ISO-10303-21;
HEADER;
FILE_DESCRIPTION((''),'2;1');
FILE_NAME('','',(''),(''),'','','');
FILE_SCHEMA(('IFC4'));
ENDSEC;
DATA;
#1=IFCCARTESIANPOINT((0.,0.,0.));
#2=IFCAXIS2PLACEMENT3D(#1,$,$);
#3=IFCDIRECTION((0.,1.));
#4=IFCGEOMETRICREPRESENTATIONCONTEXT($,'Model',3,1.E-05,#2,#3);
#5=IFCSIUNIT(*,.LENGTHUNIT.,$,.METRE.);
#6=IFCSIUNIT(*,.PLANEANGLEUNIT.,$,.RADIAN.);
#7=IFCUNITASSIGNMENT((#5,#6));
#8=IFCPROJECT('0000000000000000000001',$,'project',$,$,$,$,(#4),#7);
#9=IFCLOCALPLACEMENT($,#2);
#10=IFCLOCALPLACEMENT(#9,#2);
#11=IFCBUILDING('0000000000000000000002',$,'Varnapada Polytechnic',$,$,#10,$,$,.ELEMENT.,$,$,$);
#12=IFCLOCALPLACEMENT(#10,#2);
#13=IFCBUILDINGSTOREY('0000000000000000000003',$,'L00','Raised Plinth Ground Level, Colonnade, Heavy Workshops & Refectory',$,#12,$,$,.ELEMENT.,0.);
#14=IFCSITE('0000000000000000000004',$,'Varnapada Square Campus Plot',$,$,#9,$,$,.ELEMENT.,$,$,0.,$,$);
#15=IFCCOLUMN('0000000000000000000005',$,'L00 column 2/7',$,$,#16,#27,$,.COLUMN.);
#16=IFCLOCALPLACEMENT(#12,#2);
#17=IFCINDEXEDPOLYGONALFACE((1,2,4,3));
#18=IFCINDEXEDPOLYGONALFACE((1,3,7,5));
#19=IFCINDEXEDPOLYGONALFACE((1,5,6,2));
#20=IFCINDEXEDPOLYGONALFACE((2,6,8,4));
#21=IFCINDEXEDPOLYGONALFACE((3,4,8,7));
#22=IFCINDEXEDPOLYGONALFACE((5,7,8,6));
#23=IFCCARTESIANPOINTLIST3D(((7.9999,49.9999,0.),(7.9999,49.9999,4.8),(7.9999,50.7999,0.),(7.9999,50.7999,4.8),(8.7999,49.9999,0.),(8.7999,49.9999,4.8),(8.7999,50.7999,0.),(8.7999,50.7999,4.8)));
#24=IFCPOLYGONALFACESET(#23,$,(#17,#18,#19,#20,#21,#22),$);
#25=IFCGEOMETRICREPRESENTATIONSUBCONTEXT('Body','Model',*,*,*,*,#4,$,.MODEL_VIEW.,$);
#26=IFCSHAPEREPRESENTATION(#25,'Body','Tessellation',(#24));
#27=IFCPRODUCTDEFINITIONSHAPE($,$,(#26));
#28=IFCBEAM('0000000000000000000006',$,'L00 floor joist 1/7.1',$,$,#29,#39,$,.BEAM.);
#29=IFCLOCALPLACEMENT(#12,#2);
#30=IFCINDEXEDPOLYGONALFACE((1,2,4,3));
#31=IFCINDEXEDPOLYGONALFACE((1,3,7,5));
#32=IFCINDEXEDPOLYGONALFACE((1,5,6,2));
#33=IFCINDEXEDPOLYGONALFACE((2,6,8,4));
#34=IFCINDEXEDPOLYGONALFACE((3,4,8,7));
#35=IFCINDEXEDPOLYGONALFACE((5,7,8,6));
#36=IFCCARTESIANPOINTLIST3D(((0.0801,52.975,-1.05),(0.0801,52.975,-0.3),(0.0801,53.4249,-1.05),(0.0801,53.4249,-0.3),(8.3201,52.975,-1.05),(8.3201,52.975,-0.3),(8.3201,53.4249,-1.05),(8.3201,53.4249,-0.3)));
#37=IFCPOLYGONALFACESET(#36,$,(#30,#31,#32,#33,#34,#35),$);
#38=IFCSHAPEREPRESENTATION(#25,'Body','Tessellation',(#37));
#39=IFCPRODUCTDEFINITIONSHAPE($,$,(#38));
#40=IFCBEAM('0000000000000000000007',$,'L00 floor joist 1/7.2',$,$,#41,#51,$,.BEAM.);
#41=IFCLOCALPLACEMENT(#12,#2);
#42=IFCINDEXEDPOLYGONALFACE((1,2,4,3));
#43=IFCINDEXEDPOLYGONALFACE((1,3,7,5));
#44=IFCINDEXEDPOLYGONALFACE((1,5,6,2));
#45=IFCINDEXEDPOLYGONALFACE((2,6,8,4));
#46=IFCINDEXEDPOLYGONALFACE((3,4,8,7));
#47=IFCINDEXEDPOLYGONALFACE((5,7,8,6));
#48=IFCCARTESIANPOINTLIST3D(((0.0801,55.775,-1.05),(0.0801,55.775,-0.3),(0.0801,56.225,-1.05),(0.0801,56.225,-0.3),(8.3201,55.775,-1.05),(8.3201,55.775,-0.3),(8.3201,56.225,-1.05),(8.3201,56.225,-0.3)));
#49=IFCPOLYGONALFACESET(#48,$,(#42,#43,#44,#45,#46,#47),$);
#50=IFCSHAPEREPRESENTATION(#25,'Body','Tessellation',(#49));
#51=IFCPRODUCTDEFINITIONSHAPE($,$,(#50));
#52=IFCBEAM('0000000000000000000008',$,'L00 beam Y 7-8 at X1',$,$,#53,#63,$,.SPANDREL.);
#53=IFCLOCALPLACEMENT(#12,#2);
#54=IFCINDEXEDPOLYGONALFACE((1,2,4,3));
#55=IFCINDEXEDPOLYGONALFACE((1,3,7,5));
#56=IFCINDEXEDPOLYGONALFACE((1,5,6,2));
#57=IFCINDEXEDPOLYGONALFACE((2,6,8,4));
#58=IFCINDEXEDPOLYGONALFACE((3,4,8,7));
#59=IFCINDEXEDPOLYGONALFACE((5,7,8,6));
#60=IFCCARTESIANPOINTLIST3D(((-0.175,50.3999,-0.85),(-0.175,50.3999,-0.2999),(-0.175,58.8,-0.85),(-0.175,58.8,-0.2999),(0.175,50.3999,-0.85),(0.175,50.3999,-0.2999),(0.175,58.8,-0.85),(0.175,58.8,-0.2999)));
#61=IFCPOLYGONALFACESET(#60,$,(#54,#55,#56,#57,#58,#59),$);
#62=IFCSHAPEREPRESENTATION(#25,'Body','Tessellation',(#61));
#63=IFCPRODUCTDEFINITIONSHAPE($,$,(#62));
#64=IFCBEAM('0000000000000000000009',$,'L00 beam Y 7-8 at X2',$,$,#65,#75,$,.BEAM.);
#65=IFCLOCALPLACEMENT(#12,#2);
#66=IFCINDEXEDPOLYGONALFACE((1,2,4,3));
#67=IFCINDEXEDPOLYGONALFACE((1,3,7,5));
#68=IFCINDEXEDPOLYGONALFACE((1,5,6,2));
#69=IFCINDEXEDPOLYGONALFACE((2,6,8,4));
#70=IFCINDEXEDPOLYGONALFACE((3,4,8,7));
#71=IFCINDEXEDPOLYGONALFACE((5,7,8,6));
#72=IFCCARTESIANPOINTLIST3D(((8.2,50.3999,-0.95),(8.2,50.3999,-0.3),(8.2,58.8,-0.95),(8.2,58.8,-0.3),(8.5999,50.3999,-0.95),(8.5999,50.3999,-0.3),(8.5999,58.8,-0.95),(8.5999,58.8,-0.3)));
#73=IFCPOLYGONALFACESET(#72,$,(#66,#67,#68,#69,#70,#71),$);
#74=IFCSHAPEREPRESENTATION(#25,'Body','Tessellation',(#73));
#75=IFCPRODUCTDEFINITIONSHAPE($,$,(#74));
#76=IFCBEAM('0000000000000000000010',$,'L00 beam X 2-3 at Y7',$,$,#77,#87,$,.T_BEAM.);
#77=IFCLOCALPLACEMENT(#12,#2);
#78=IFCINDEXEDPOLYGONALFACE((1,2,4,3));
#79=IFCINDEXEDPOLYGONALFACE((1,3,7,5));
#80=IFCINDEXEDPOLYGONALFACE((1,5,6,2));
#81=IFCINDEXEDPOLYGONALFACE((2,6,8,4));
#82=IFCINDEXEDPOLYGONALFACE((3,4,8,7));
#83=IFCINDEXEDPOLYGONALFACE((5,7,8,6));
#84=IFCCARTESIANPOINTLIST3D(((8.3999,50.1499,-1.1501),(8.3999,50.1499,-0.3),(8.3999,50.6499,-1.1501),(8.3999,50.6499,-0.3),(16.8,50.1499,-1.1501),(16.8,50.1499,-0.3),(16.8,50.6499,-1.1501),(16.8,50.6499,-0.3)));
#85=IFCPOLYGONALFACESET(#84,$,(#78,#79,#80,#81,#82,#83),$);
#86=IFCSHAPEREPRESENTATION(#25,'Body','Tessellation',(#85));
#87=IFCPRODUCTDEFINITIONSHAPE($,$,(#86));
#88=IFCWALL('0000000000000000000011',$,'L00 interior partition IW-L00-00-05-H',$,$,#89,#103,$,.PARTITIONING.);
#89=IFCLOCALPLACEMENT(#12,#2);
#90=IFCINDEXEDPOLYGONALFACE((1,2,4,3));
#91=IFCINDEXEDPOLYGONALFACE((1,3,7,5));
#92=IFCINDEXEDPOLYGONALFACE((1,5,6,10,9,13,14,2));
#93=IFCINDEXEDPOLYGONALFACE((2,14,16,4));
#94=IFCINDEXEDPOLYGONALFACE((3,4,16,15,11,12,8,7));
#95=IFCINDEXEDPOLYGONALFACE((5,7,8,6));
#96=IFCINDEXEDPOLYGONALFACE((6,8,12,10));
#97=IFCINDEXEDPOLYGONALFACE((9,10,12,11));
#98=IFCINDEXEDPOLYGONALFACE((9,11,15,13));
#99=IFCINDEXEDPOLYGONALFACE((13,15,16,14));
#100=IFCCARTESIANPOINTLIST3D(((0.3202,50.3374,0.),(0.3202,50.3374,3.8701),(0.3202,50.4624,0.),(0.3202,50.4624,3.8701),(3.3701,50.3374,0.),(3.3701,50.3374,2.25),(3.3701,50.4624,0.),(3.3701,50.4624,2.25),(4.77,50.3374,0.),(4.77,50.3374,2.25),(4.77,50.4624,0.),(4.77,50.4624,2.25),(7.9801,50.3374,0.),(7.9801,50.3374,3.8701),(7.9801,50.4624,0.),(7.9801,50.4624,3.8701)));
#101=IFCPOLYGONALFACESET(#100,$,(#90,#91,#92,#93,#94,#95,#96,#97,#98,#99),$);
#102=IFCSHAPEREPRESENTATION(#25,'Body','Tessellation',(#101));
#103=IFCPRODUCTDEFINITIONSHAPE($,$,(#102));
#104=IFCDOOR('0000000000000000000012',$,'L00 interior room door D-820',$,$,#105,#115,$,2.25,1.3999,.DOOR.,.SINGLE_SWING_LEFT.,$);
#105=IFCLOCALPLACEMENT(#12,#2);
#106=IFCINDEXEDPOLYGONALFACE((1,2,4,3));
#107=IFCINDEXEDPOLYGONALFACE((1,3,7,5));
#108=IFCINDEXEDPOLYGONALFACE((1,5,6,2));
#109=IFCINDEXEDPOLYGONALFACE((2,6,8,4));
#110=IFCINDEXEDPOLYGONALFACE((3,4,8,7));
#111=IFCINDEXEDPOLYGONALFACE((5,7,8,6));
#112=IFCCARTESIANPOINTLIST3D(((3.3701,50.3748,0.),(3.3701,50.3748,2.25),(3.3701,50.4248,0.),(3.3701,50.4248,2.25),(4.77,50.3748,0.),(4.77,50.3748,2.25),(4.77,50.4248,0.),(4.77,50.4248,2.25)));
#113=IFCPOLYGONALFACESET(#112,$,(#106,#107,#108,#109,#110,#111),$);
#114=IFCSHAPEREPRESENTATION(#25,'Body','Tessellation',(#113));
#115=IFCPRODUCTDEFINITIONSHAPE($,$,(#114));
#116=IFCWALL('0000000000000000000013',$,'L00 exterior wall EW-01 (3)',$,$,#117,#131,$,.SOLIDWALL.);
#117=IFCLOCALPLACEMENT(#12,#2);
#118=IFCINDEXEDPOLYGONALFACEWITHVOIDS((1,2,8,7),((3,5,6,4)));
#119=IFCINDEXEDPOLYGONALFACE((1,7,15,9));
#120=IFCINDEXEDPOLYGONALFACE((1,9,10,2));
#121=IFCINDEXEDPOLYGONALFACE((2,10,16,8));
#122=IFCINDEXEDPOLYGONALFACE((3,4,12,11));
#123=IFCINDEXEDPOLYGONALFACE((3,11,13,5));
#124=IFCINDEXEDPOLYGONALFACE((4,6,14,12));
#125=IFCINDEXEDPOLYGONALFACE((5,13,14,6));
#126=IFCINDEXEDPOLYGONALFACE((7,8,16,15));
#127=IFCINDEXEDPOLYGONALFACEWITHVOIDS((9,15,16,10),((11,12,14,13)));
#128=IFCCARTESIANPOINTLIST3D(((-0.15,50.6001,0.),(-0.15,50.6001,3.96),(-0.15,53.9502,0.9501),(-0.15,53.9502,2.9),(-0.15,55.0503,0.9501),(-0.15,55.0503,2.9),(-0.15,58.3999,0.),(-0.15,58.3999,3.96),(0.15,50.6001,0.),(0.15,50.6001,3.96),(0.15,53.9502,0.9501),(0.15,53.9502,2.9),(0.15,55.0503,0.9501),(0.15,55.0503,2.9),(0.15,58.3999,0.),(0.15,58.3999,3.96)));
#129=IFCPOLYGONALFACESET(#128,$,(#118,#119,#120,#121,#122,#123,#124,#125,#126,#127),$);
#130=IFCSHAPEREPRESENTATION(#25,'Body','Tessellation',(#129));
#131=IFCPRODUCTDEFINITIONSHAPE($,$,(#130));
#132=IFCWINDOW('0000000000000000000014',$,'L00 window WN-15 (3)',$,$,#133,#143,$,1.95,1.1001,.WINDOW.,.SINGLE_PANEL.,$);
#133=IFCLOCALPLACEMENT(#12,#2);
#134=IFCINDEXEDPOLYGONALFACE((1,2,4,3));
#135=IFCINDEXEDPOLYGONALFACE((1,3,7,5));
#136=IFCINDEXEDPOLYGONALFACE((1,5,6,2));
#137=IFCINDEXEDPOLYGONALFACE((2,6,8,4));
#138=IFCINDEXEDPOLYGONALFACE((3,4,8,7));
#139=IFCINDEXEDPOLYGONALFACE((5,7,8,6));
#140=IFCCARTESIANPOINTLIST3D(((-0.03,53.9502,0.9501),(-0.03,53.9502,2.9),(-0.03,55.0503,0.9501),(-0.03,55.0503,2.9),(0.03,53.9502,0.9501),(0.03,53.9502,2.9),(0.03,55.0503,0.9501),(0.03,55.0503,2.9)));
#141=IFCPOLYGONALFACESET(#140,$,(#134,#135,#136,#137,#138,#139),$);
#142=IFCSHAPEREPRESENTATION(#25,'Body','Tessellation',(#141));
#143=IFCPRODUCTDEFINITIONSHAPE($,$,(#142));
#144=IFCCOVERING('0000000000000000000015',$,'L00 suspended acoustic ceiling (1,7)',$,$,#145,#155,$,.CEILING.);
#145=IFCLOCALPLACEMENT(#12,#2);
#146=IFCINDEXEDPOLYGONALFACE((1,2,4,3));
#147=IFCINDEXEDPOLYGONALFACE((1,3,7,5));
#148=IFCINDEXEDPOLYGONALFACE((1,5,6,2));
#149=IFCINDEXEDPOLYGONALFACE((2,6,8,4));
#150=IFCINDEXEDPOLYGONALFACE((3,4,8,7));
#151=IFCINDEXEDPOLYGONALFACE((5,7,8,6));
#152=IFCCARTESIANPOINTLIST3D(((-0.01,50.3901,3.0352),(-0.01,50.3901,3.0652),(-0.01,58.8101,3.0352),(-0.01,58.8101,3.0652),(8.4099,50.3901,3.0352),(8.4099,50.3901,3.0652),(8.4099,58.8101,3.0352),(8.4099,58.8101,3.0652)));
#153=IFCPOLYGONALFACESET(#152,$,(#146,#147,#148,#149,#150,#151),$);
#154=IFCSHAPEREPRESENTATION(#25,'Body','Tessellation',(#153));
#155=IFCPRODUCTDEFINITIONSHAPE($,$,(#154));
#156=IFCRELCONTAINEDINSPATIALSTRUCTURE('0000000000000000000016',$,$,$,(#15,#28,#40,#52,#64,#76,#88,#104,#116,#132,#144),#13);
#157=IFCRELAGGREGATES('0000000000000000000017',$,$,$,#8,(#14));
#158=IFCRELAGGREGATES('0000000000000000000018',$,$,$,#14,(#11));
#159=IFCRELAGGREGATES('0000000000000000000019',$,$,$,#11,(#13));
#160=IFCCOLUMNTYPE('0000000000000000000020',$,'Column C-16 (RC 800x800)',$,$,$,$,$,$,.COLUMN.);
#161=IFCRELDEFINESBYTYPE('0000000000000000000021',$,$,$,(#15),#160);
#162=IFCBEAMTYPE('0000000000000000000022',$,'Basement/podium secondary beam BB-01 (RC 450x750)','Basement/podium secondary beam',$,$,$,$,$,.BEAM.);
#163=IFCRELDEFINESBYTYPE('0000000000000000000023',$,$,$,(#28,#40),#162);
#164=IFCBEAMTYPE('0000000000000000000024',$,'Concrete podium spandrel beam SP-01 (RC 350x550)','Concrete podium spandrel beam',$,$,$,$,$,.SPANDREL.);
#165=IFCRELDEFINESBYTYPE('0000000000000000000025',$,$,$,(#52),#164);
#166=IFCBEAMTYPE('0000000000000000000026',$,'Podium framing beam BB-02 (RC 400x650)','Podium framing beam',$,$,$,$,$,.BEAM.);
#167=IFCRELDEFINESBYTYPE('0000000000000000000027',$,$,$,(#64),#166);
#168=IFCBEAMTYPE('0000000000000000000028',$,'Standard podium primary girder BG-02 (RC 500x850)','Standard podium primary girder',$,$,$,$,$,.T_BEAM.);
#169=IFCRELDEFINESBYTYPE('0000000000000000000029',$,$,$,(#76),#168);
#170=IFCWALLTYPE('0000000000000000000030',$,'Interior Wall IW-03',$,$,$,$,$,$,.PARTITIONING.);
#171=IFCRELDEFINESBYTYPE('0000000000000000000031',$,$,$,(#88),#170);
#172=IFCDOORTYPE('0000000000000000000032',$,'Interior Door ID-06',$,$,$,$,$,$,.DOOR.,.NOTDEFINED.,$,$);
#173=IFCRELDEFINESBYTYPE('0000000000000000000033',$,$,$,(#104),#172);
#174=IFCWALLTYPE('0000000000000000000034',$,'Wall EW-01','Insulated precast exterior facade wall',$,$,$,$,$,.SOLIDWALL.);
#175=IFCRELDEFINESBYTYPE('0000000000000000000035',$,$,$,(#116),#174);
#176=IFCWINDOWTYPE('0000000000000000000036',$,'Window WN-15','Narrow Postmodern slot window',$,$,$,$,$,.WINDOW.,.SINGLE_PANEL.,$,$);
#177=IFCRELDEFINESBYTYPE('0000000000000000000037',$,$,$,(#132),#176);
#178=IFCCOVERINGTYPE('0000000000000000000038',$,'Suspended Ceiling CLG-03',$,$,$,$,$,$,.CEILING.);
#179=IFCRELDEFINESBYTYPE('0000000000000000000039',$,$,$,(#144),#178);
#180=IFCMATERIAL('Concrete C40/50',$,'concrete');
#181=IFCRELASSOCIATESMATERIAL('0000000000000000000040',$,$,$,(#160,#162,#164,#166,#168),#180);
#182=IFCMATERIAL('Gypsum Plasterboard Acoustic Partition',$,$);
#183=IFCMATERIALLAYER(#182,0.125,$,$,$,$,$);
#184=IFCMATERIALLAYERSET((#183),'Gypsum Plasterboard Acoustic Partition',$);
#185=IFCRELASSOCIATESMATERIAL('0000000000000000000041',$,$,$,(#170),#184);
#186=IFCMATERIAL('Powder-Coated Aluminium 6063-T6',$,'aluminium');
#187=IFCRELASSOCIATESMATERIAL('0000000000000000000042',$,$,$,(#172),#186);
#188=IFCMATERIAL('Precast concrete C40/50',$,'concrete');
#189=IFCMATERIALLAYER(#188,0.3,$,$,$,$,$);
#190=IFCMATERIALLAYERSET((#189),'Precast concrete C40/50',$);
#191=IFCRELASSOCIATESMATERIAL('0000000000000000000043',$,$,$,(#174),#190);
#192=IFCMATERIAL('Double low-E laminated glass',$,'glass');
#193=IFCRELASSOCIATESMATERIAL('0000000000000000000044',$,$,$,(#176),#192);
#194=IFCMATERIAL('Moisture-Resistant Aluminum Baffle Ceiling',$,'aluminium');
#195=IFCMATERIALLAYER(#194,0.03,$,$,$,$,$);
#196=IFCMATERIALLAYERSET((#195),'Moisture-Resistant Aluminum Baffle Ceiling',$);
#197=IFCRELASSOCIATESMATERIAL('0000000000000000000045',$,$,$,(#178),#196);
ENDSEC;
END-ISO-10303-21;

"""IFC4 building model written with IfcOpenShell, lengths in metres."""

from ifc_helpers import new_model, si_unit, direction, frame, frame_2d, origin, origin_2d, place, context, subcontext, project, spatial, rectangle, extrude, material, layer, layer_set, material_profile, profile_set, type_object, element, fill, save


model = new_model("IFC4")

# Units and contexts
model_context = context("Model", 3, precision=1e-05, world=origin(), true_north=direction((0.0, 1.0)))
body_context = subcontext(model_context, "Body", "Model", "MODEL_VIEW")
ifc_project = project(units=[si_unit("LENGTHUNIT", "METRE"), si_unit("PLANEANGLEUNIT", "RADIAN")], contexts=[model_context])

# Site, building, storey
site_placement = place(None, origin())
site = spatial("IfcSite", under=ifc_project, at=site_placement, Name="Varnapada Square Campus Plot", CompositionType="ELEMENT", RefElevation=0.0)
building_placement = place(site_placement, origin())
building = spatial("IfcBuilding", under=site, at=building_placement, Name="Varnapada Polytechnic", CompositionType="ELEMENT")
storey_placement = place(building_placement, origin())
storey = spatial("IfcBuildingStorey", under=building, at=storey_placement, Name="L00", Description="Raised Plinth Ground Level, Colonnade, Heavy Workshops & Refectory", CompositionType="ELEMENT", Elevation=0.0)

# Column
ifc_material_1 = material(Name="Concrete C40/50", Category="concrete")
ifc_material_profile_1 = material_profile(ifc_material_1, rectangle(XDim=0.8, YDim=0.8, at=origin_2d()), Name="RC 800x800")
ifc_profile_set_1 = profile_set([ifc_material_profile_1], Name="Concrete C40/50")
column_type = type_object("IfcColumnType", Name="Column C-16 (RC 800x800)", PredefinedType="COLUMN", material=ifc_profile_set_1)
column_placement = place(storey_placement, frame((8.3999, 50.3999, 0.0), z_axis=(0.0, 0.0, 1.0), x_axis=(1.0, 0.0, 0.0)))
element("IfcColumn", 1, at=column_placement, inside=storey, type_object=column_type, Name="L00 column 2/7", PredefinedType="COLUMN", context=body_context, shape_type="SweptSolid", body=[
    extrude(rectangle(XDim=0.8, YDim=0.8, at=origin_2d()), origin(), (0.0, 0.0, 1.0), 4.8),
])

# Beams
ifc_material_profile_2 = material_profile(ifc_material_1, rectangle(XDim=0.45, YDim=0.75, at=origin_2d()), Name="RC 450x750")
ifc_profile_set_2 = profile_set([ifc_material_profile_2], Name="Concrete C40/50")
beam_type_1 = type_object("IfcBeamType", Name="Basement/podium secondary beam BB-01 (RC 450x750)", Description="Basement/podium secondary beam", PredefinedType="BEAM", material=ifc_profile_set_2)
for number, where, z_axis, x_axis, name in (
    (2, (0.0801, 53.2, -0.675), (1.0, 0.0, 0.0), (0.0, 1.0, 0.0), "L00 floor joist 1/7.1"),
    (3, (0.0801, 56.0, -0.675), (1.0, 0.0, 0.0), (0.0, 1.0, 0.0), "L00 floor joist 1/7.2"),
):
    element("IfcBeam", number, at=place(storey_placement, frame(where, z_axis=z_axis, x_axis=x_axis)), inside=storey, type_object=beam_type_1, Name=name, PredefinedType="BEAM", context=body_context, shape_type="SweptSolid", body=[
        extrude(rectangle(XDim=0.45, YDim=0.75, at=origin_2d()), origin(), (0.0, 0.0, 1.0), 8.24),
    ])
ifc_material_profile_3 = material_profile(ifc_material_1, rectangle(XDim=0.3501, YDim=0.55, at=origin_2d()), Name="RC 350x550")
ifc_profile_set_3 = profile_set([ifc_material_profile_3], Name="Concrete C40/50")
beam_type_2 = type_object("IfcBeamType", Name="Concrete podium spandrel beam SP-01 (RC 350x550)", Description="Concrete podium spandrel beam", PredefinedType="SPANDREL", material=ifc_profile_set_3)
beam_1_placement = place(storey_placement, frame((0.0, 50.3999, -0.575), z_axis=(0.0, 1.0, 0.0), x_axis=(-1.0, 0.0, 0.0)))
element("IfcBeam", 4, at=beam_1_placement, inside=storey, type_object=beam_type_2, Name="L00 beam Y 7-8 at X1", PredefinedType="SPANDREL", context=body_context, shape_type="SweptSolid", body=[
    extrude(rectangle(XDim=0.3501, YDim=0.55, at=origin_2d()), origin(), (0.0, 0.0, 1.0), 8.4001),
])
ifc_material_profile_4 = material_profile(ifc_material_1, rectangle(XDim=0.3999, YDim=0.6499, at=origin_2d()), Name="RC 400x650")
ifc_profile_set_4 = profile_set([ifc_material_profile_4], Name="Concrete C40/50")
beam_type_3 = type_object("IfcBeamType", Name="Podium framing beam BB-02 (RC 400x650)", Description="Podium framing beam", PredefinedType="BEAM", material=ifc_profile_set_4)
beam_2_placement = place(storey_placement, frame((8.3999, 50.3999, -0.625), z_axis=(0.0, 1.0, 0.0), x_axis=(-1.0, 0.0, 0.0)))
element("IfcBeam", 5, at=beam_2_placement, inside=storey, type_object=beam_type_3, Name="L00 beam Y 7-8 at X2", PredefinedType="BEAM", context=body_context, shape_type="SweptSolid", body=[
    extrude(rectangle(XDim=0.3999, YDim=0.6499, at=origin_2d()), origin(), (0.0, 0.0, 1.0), 8.4001),
])
ifc_material_profile_5 = material_profile(ifc_material_1, rectangle(XDim=0.5, YDim=0.8501, at=origin_2d()), Name="RC 500x850")
ifc_profile_set_5 = profile_set([ifc_material_profile_5], Name="Concrete C40/50")
beam_type_4 = type_object("IfcBeamType", Name="Standard podium primary girder BG-02 (RC 500x850)", Description="Standard podium primary girder", PredefinedType="T_BEAM", material=ifc_profile_set_5)
beam_3_placement = place(storey_placement, frame((8.3999, 50.3999, -0.7251), z_axis=(1.0, 0.0, 0.0), x_axis=(0.0, 1.0, 0.0)))
element("IfcBeam", 6, at=beam_3_placement, inside=storey, type_object=beam_type_4, Name="L00 beam X 2-3 at Y7", PredefinedType="T_BEAM", context=body_context, shape_type="SweptSolid", body=[
    extrude(rectangle(XDim=0.5, YDim=0.8501, at=origin_2d()), origin(), (0.0, 0.0, 1.0), 8.4001),
])

# Wall, opening, door
ifc_material_2 = material(Name="Gypsum Plasterboard Acoustic Partition")
ifc_layer_1 = layer(ifc_material_2, 0.125)
ifc_layer_set_1 = layer_set([ifc_layer_1], Name="Gypsum Plasterboard Acoustic Partition")
wall_type_1 = type_object("IfcWallType", Name="Interior Wall IW-03", PredefinedType="PARTITIONING", material=ifc_layer_set_1)
wall_1_placement = place(storey_placement, frame((0.3201, 50.3999, 0.0), z_axis=(0.0, 0.0, 1.0), x_axis=(1.0, 0.0, 0.0)))
wall_1 = element("IfcWall", 7, at=wall_1_placement, inside=storey, type_object=wall_type_1, Name="L00 interior partition IW-L00-00-05-H", PredefinedType="PARTITIONING", context=body_context, shape_type="SweptSolid", body=[
    extrude(rectangle(XDim=7.6599, YDim=0.125, at=frame_2d((3.8301, 0.0))), origin(), (0.0, 0.0, 1.0), 3.8701),
])
opening_1_placement = place(wall_1_placement, frame((3.05, 0.0, 0.0)))
opening_1 = element("IfcOpeningElement", 8, at=opening_1_placement, cuts=wall_1, PredefinedType="OPENING", context=body_context, shape_type="SweptSolid", body=[
    extrude(rectangle(XDim=1.3999, YDim=2.25, at=frame_2d((0.7, 1.125))), frame((0.0, 0.0725, 0.0), z_axis=(0.0, -1.0, 0.0), x_axis=(1.0, 0.0, 0.0)), (0.0, 0.0, 1.0), 0.145),
])
ifc_material_3 = material(Name="Powder-Coated Aluminium 6063-T6", Category="aluminium")
door_type = type_object("IfcDoorType", Name="Interior Door ID-06", OperationType="NOTDEFINED", PredefinedType="DOOR", material=ifc_material_3)
door_placement = place(opening_1_placement, origin())
door = element("IfcDoor", 9, at=door_placement, inside=storey, type_object=door_type, Name="L00 interior room door D-820", OperationType="SINGLE_SWING_LEFT", OverallHeight=2.25, OverallWidth=1.3999, PredefinedType="DOOR", context=body_context, shape_type="SweptSolid", body=[
    extrude(rectangle(XDim=1.3999, YDim=2.25, at=frame_2d((0.7, 1.125))), frame((0.0, 0.0249, 0.0), z_axis=(0.0, -1.0, 0.0), x_axis=(1.0, 0.0, 0.0)), (0.0, 0.0, 1.0), 0.05),
])
fill(opening_1, door)

# Wall, opening, window
ifc_material_4 = material(Name="Precast concrete C40/50", Category="concrete")
ifc_layer_2 = layer(ifc_material_4, 0.3)
ifc_layer_set_2 = layer_set([ifc_layer_2], Name="Precast concrete C40/50")
wall_type_2 = type_object("IfcWallType", Name="Wall EW-01", Description="Insulated precast exterior facade wall", PredefinedType="SOLIDWALL", material=ifc_layer_set_2)
wall_2_placement = place(storey_placement, frame((0.0, 50.6001, 0.0), z_axis=(0.0, 0.0, 1.0), x_axis=(0.0, 1.0, 0.0)))
wall_2 = element("IfcWall", 10, at=wall_2_placement, inside=storey, type_object=wall_type_2, Name="L00 exterior wall EW-01 (3)", PredefinedType="SOLIDWALL", context=body_context, shape_type="SweptSolid", body=[
    extrude(rectangle(XDim=7.7998, YDim=0.3, at=frame_2d((3.8999, 0.0))), origin(), (0.0, 0.0, 1.0), 3.96),
])
opening_2_placement = place(wall_2_placement, frame((3.3501, 0.0, 0.95)))
opening_2 = element("IfcOpeningElement", 11, at=opening_2_placement, cuts=wall_2, PredefinedType="OPENING", context=body_context, shape_type="SweptSolid", body=[
    extrude(rectangle(XDim=1.1001, YDim=1.95, at=frame_2d((0.55, 0.9751))), frame((0.0, 0.1599, 0.0), z_axis=(0.0, -1.0, 0.0), x_axis=(1.0, 0.0, 0.0)), (0.0, 0.0, 1.0), 0.3201),
])
ifc_material_5 = material(Name="Double low-E laminated glass", Category="glass")
window_type = type_object("IfcWindowType", Name="Window WN-15", Description="Narrow Postmodern slot window", PartitioningType="SINGLE_PANEL", PredefinedType="WINDOW", material=ifc_material_5)
window_placement = place(opening_2_placement, origin())
window = element("IfcWindow", 12, at=window_placement, inside=storey, type_object=window_type, Name="L00 window WN-15 (3)", OverallHeight=1.95, OverallWidth=1.1001, PartitioningType="SINGLE_PANEL", PredefinedType="WINDOW", context=body_context, shape_type="SweptSolid", body=[
    extrude(rectangle(XDim=1.1001, YDim=1.95, at=frame_2d((0.55, 0.9751))), frame((0.0, 0.03, 0.0), z_axis=(0.0, -1.0, 0.0), x_axis=(1.0, 0.0, 0.0)), (0.0, 0.0, 1.0), 0.0601),
])
fill(opening_2, window)

# Covering
ifc_material_6 = material(Name="Moisture-Resistant Aluminum Baffle Ceiling", Category="aluminium")
ifc_layer_3 = layer(ifc_material_6, 0.03)
ifc_layer_set_3 = layer_set([ifc_layer_3], Name="Moisture-Resistant Aluminum Baffle Ceiling")
covering_type_1 = type_object("IfcCoveringType", Name="Suspended Ceiling CLG-03", PredefinedType="CEILING", material=ifc_layer_set_3)
covering_1_placement = place(storey_placement, frame((4.2, 54.6001, 3.0352), z_axis=(0.0, 0.0, 1.0), x_axis=(1.0, 0.0, 0.0)))
element("IfcCovering", 13, at=covering_1_placement, inside=storey, type_object=covering_type_1, Name="L00 suspended acoustic ceiling (1,7)", PredefinedType="CEILING", context=body_context, shape_type="SweptSolid", body=[
    extrude(rectangle(XDim=8.4199, YDim=8.4199, at=origin_2d()), origin(), (0.0, 0.0, 1.0), 0.03),
])

save(model, "model.ifc")
